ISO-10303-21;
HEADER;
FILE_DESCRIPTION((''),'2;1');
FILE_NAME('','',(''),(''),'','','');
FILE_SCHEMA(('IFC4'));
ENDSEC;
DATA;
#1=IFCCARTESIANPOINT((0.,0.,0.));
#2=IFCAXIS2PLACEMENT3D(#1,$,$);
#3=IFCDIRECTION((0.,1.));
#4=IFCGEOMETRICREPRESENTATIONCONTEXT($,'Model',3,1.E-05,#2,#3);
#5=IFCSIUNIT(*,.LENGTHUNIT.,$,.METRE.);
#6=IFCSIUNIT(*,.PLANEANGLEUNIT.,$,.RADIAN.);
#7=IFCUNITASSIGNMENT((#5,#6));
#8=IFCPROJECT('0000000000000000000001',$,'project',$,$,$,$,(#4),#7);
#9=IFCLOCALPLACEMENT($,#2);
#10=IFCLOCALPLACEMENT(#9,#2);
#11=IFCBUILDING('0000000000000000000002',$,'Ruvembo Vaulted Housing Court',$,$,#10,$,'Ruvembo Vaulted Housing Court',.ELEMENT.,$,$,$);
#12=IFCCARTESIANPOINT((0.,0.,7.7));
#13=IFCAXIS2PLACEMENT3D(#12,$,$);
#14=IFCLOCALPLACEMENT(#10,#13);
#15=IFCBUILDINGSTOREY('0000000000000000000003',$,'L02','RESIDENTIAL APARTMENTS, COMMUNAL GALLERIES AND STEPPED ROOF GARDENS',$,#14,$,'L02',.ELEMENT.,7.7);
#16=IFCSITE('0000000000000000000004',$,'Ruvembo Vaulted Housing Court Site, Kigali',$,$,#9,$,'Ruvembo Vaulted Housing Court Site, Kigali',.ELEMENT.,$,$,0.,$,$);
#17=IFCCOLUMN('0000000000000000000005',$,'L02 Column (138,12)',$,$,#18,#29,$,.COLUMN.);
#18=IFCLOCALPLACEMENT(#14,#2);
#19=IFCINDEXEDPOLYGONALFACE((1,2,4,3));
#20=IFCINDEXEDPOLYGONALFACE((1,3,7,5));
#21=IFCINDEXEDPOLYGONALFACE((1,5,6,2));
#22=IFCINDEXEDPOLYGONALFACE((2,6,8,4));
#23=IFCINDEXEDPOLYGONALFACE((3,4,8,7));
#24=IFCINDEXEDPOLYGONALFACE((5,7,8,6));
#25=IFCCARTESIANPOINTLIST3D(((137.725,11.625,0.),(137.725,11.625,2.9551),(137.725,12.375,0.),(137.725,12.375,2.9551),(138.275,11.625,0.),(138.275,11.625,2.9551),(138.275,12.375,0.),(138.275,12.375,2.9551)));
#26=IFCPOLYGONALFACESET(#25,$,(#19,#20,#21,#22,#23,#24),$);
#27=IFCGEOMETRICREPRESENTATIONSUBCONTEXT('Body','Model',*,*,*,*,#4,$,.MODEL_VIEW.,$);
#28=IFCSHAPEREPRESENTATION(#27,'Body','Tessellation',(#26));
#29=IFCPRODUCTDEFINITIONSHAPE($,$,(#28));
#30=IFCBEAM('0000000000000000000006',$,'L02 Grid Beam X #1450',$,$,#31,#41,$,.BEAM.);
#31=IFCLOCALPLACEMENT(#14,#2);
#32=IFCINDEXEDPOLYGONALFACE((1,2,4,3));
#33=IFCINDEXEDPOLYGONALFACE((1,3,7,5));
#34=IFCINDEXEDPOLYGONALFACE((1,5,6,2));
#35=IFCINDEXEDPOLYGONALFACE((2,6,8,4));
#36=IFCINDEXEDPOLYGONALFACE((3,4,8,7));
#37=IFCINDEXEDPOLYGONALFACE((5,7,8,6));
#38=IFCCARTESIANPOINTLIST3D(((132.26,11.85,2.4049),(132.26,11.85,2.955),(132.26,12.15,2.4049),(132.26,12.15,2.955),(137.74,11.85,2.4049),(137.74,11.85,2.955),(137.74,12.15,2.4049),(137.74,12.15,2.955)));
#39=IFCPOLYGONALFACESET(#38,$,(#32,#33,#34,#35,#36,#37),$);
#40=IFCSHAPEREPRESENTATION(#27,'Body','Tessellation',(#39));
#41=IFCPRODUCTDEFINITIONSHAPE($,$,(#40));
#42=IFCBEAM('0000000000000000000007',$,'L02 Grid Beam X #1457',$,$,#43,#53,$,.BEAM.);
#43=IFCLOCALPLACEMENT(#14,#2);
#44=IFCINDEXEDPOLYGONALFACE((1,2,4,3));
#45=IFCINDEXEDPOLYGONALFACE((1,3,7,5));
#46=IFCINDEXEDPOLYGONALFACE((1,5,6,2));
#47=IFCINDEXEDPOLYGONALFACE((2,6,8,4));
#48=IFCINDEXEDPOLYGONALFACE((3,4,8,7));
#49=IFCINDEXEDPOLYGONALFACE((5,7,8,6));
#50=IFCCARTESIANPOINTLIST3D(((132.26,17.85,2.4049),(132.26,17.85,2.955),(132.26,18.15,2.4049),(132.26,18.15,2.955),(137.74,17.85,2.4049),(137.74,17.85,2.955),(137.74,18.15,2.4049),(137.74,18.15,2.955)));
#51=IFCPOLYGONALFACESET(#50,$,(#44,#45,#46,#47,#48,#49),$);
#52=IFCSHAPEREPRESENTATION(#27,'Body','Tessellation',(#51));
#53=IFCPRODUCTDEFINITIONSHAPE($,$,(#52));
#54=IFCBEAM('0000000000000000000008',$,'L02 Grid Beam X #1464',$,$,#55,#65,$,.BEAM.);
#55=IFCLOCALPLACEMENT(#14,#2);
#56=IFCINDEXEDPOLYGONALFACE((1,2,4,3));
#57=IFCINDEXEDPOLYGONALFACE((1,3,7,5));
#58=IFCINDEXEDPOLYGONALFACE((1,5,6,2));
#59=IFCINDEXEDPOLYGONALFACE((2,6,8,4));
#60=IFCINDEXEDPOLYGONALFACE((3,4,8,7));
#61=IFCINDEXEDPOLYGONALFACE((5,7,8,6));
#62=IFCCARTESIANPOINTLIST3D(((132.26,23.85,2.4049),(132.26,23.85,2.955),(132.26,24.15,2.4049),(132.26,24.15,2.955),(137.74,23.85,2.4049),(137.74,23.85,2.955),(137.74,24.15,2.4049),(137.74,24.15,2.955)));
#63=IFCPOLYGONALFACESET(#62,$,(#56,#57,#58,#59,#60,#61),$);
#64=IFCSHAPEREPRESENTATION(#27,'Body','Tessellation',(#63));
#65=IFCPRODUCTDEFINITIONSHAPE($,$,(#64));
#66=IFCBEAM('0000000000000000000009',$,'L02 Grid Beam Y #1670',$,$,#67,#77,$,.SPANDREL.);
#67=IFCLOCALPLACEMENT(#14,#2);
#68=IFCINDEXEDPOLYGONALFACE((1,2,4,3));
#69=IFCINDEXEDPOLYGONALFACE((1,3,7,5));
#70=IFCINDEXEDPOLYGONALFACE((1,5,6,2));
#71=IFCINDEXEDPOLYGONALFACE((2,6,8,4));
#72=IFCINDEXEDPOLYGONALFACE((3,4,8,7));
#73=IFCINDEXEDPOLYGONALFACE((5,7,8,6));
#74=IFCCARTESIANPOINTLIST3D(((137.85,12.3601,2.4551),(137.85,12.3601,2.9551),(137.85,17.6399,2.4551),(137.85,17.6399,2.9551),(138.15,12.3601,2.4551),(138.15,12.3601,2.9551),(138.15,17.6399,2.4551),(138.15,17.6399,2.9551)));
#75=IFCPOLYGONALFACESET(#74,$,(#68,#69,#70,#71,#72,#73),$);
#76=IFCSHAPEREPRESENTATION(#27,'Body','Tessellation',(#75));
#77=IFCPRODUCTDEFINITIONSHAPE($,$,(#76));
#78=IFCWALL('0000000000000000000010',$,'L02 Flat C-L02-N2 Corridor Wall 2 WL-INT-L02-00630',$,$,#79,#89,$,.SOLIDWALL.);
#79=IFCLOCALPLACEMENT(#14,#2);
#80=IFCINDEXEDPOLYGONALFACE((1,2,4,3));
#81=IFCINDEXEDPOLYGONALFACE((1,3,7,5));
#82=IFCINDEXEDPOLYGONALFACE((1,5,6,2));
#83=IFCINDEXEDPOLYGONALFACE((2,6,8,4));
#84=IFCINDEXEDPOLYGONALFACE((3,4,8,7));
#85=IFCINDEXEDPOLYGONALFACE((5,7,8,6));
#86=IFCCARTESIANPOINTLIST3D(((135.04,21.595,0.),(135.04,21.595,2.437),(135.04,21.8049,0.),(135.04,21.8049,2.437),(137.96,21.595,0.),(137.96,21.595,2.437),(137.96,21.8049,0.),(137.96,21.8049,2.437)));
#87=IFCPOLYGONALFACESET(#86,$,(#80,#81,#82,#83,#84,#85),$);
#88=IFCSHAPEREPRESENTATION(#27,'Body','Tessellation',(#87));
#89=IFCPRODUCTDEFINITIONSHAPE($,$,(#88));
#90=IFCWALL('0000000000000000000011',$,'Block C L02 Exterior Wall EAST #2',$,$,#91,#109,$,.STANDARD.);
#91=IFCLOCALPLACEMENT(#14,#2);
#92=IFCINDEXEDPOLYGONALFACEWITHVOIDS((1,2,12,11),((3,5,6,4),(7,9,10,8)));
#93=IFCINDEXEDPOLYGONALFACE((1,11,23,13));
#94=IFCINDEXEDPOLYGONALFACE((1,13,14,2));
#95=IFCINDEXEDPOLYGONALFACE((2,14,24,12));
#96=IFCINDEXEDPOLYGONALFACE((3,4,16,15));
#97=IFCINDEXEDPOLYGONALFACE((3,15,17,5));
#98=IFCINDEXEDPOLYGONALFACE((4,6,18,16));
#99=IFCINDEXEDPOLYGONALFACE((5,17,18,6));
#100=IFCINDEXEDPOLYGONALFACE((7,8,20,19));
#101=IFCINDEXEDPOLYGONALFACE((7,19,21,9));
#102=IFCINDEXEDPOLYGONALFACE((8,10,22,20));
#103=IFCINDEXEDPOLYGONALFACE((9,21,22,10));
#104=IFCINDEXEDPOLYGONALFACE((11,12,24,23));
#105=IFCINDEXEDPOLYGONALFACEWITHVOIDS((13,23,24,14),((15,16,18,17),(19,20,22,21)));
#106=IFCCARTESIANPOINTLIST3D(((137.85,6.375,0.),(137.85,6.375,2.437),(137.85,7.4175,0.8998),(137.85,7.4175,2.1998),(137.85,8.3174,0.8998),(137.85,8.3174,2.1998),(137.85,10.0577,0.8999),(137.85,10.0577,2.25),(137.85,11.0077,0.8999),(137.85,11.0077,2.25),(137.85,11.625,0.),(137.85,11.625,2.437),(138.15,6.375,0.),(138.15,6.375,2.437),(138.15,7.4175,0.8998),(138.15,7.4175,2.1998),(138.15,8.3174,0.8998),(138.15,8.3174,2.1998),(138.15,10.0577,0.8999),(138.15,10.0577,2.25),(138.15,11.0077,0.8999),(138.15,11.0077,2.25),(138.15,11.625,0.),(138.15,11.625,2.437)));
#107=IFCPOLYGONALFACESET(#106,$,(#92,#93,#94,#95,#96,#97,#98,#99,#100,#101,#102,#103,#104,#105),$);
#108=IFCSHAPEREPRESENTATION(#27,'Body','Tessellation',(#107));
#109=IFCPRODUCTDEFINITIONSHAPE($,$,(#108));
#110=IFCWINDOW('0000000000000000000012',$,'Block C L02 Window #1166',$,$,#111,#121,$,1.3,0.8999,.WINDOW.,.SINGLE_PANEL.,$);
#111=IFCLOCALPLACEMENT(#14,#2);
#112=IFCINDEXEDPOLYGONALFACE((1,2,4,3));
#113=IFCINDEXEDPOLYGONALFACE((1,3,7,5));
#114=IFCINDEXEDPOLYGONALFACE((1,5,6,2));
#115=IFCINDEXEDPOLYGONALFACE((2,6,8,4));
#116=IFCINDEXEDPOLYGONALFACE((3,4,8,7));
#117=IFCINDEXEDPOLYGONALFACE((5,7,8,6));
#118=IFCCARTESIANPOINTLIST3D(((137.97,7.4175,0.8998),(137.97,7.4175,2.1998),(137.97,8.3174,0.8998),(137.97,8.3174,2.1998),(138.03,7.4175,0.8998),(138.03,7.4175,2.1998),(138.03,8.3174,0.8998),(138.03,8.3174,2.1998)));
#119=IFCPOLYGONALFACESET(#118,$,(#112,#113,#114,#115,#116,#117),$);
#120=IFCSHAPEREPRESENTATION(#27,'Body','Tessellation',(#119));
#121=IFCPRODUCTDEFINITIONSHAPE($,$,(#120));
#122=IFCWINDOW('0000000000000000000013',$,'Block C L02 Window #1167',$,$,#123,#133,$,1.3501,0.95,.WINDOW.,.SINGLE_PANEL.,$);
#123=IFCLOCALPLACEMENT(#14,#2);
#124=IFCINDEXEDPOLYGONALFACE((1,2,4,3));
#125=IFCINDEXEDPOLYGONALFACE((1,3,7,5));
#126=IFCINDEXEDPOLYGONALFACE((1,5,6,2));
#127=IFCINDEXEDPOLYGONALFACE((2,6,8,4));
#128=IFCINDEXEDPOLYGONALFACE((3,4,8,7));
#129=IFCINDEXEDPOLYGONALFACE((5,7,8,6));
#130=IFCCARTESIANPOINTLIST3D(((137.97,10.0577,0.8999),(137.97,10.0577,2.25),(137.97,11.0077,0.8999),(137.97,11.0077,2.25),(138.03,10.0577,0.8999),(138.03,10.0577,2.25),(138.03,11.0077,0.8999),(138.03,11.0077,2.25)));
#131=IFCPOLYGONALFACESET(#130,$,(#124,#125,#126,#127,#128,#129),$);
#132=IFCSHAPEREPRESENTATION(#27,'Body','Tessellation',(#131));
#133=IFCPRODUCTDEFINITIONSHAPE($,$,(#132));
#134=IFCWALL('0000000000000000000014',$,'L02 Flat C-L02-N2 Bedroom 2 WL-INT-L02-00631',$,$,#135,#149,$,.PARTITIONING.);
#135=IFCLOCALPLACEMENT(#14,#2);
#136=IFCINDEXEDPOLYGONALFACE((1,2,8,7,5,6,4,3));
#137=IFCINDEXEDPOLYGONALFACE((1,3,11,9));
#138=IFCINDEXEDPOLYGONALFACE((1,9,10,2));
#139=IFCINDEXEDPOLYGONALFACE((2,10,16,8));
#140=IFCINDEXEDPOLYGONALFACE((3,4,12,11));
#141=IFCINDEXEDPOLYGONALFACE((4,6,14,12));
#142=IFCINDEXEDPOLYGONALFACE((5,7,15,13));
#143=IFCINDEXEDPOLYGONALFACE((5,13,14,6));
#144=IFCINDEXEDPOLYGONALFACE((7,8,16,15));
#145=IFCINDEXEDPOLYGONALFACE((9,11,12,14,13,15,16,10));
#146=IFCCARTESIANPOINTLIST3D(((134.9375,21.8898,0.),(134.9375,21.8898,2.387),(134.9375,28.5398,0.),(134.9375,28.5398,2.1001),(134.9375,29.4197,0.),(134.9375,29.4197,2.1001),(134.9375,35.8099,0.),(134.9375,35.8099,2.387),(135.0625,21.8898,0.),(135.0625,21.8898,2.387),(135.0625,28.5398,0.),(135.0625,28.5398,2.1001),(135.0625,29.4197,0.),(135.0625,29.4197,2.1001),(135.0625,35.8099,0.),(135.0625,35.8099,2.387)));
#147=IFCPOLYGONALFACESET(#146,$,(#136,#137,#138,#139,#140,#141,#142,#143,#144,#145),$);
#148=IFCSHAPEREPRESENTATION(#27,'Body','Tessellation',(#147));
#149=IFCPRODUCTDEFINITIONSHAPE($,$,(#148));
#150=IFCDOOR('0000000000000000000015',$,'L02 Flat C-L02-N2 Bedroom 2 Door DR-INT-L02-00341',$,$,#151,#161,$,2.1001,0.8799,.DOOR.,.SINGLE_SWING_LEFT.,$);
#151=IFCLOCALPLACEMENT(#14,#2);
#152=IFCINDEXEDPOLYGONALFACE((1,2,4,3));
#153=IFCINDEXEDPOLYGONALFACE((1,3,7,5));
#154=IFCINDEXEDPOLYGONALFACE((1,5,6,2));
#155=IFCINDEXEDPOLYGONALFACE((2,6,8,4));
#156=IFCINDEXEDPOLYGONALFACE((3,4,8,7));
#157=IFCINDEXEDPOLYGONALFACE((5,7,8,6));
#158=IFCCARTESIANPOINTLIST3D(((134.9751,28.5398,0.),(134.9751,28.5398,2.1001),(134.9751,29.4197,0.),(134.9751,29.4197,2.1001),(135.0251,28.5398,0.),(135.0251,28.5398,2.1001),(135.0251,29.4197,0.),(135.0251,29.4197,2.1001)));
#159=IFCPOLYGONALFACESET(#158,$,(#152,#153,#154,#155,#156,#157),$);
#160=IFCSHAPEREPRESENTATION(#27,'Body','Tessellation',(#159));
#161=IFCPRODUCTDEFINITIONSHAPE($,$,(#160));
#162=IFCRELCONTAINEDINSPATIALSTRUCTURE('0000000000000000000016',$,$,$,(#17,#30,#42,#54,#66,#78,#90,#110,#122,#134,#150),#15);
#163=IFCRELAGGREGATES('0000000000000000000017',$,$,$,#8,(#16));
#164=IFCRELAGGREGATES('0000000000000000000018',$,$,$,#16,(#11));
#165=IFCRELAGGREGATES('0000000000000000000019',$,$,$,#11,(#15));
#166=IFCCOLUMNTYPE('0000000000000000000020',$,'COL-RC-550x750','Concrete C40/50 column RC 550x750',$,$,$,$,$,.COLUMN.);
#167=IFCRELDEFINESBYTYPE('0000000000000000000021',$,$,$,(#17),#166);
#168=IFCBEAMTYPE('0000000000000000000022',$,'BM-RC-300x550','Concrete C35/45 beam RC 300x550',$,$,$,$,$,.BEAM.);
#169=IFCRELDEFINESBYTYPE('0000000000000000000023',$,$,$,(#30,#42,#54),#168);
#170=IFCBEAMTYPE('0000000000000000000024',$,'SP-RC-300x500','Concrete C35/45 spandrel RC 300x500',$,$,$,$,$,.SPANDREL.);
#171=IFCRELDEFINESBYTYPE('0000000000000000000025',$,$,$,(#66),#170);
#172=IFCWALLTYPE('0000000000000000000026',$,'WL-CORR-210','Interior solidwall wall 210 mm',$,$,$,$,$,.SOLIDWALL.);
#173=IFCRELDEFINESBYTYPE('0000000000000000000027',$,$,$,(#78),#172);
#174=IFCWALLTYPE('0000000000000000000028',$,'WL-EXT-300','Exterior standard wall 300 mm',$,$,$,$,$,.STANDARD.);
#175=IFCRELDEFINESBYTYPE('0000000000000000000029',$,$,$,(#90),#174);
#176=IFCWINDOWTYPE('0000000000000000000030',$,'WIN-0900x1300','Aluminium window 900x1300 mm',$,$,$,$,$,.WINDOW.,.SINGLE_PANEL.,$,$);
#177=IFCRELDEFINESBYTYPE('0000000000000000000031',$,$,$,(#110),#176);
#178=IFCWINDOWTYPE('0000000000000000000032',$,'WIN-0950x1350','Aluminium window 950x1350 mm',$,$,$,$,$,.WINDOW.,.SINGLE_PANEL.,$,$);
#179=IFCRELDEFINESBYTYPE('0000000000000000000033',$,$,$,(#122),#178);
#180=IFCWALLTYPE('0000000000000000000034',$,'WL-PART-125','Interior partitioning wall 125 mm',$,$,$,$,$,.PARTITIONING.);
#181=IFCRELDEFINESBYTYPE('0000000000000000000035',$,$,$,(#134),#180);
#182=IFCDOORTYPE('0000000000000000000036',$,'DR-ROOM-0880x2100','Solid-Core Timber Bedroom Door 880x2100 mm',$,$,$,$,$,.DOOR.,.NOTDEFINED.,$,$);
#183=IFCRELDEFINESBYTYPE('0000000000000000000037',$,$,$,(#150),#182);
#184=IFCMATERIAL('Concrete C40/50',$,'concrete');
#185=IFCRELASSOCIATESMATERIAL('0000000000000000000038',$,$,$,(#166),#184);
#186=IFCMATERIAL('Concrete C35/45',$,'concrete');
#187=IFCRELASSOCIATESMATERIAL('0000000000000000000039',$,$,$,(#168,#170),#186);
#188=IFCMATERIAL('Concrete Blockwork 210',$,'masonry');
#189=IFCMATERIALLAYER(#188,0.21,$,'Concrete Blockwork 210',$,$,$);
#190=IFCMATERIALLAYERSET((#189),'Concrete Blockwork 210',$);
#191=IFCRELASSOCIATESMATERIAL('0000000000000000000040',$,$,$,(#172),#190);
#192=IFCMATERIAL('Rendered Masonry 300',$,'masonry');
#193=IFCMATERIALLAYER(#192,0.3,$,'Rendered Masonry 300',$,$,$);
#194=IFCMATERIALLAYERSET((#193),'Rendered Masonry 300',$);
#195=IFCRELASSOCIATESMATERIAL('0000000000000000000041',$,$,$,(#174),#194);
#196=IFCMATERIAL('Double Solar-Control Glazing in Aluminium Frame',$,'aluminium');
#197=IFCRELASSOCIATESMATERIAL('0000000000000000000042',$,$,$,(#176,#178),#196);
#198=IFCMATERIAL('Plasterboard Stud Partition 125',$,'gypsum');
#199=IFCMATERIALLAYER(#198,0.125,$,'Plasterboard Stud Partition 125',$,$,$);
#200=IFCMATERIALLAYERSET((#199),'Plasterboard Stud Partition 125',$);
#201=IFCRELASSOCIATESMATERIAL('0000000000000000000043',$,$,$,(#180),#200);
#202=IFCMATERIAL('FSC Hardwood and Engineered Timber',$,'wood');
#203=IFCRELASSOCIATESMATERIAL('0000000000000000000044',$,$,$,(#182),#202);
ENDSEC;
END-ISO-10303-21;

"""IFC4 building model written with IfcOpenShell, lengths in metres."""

from ifc_helpers import new_model, si_unit, direction, frame, frame_2d, origin, origin_2d, place, context, subcontext, project, spatial, rectangle, extrude, material, layer, layer_set, material_profile, profile_set, type_object, element, fill, save


model = new_model("IFC4")

# Units and contexts
model_context = context("Model", 3, precision=1e-05, world=origin(), true_north=direction((0.0, 1.0)))
body_context = subcontext(model_context, "Body", "Model", "MODEL_VIEW")
ifc_project = project(units=[si_unit("LENGTHUNIT", "METRE"), si_unit("PLANEANGLEUNIT", "RADIAN")], contexts=[model_context])

# Site, building, storey
site_placement = place(None, origin())
site = spatial("IfcSite", under=ifc_project, at=site_placement, Name="Ruvembo Vaulted Housing Court Site, Kigali", LongName="Ruvembo Vaulted Housing Court Site, Kigali", CompositionType="ELEMENT", RefElevation=0.0)
building_placement = place(site_placement, origin())
building = spatial("IfcBuilding", under=site, at=building_placement, Name="Ruvembo Vaulted Housing Court", LongName="Ruvembo Vaulted Housing Court", CompositionType="ELEMENT")
storey_placement = place(building_placement, frame((0.0, 0.0, 7.7)))
storey = spatial("IfcBuildingStorey", under=building, at=storey_placement, Name="L02", Description="RESIDENTIAL APARTMENTS, COMMUNAL GALLERIES AND STEPPED ROOF GARDENS", LongName="L02", CompositionType="ELEMENT", Elevation=7.7)

# Column
ifc_material_1 = material(Name="Concrete C40/50", Category="concrete")
ifc_material_profile_1 = material_profile(ifc_material_1, rectangle(XDim=0.55, YDim=0.75, at=origin_2d()), Name="RC 550x750")
ifc_profile_set_1 = profile_set([ifc_material_profile_1], Name="Concrete C40/50")
column_type = type_object("IfcColumnType", Name="COL-RC-550x750", Description="Concrete C40/50 column RC 550x750", PredefinedType="COLUMN", material=ifc_profile_set_1)
column_placement = place(storey_placement, frame((138.0, 12.0, 0.0), z_axis=(0.0, 0.0, 1.0), x_axis=(1.0, 0.0, 0.0)))
element("IfcColumn", 1, at=column_placement, inside=storey, type_object=column_type, Name="L02 Column (138,12)", PredefinedType="COLUMN", context=body_context, shape_type="SweptSolid", body=[
    extrude(rectangle(XDim=0.55, YDim=0.75, at=origin_2d()), origin(), (0.0, 0.0, 1.0), 2.9551),
])

# Beams
ifc_material_2 = material(Name="Concrete C35/45", Category="concrete")
ifc_material_profile_2 = material_profile(ifc_material_2, rectangle(XDim=0.3, YDim=0.55, at=origin_2d()), Name="RC 300x550")
ifc_profile_set_2 = profile_set([ifc_material_profile_2], Name="Concrete C35/45")
beam_type_1 = type_object("IfcBeamType", Name="BM-RC-300x550", Description="Concrete C35/45 beam RC 300x550", PredefinedType="BEAM", material=ifc_profile_set_2)
for number, where, z_axis, x_axis, name in (
    (2, (132.26, 12.0, 2.6799), (1.0, 0.0, 0.0), (0.0, 1.0, 0.0), "L02 Grid Beam X #1450"),
    (3, (132.26, 18.0, 2.6799), (1.0, 0.0, 0.0), (0.0, 1.0, 0.0), "L02 Grid Beam X #1457"),
    (4, (132.26, 24.0, 2.6799), (1.0, 0.0, 0.0), (0.0, 1.0, 0.0), "L02 Grid Beam X #1464"),
):
    element("IfcBeam", number, at=place(storey_placement, frame(where, z_axis=z_axis, x_axis=x_axis)), inside=storey, type_object=beam_type_1, Name=name, PredefinedType="BEAM", context=body_context, shape_type="SweptSolid", body=[
        extrude(rectangle(XDim=0.3, YDim=0.55, at=origin_2d()), origin(), (0.0, 0.0, 1.0), 5.48),
    ])
ifc_material_profile_3 = material_profile(ifc_material_2, rectangle(XDim=0.3, YDim=0.5, at=origin_2d()), Name="RC 300x500")
ifc_profile_set_3 = profile_set([ifc_material_profile_3], Name="Concrete C35/45")
beam_type_2 = type_object("IfcBeamType", Name="SP-RC-300x500", Description="Concrete C35/45 spandrel RC 300x500", PredefinedType="SPANDREL", material=ifc_profile_set_3)
beam_placement = place(storey_placement, frame((138.0, 12.3601, 2.7051), z_axis=(0.0, 1.0, 0.0), x_axis=(-1.0, 0.0, 0.0)))
element("IfcBeam", 5, at=beam_placement, inside=storey, type_object=beam_type_2, Name="L02 Grid Beam Y #1670", PredefinedType="SPANDREL", context=body_context, shape_type="SweptSolid", body=[
    extrude(rectangle(XDim=0.3, YDim=0.5, at=origin_2d()), origin(), (0.0, 0.0, 1.0), 5.2798),
])

# Shared definitions
ifc_material_3 = material(Name="Concrete Blockwork 210", Category="masonry")
ifc_layer_1 = layer(ifc_material_3, 0.21, Name="Concrete Blockwork 210")
ifc_layer_set_1 = layer_set([ifc_layer_1], Name="Concrete Blockwork 210")
wall_type_1 = type_object("IfcWallType", Name="WL-CORR-210", Description="Interior solidwall wall 210 mm", PredefinedType="SOLIDWALL", material=ifc_layer_set_1)
ifc_material_4 = material(Name="FSC Hardwood and Engineered Timber", Category="wood")

# Wall
wall_1_placement = place(storey_placement, frame((135.04, 21.7, 0.0), z_axis=(0.0, 0.0, 1.0), x_axis=(1.0, 0.0, 0.0)))
element("IfcWall", 6, at=wall_1_placement, inside=storey, type_object=wall_type_1, Name="L02 Flat C-L02-N2 Corridor Wall 2 WL-INT-L02-00630", PredefinedType="SOLIDWALL", context=body_context, shape_type="SweptSolid", body=[
    extrude(rectangle(XDim=2.9199, YDim=0.21, at=frame_2d((1.46, 0.0))), origin(), (0.0, 0.0, 1.0), 2.437),
])

# Wall, openings, windows
ifc_material_5 = material(Name="Rendered Masonry 300", Category="masonry")
ifc_layer_2 = layer(ifc_material_5, 0.3, Name="Rendered Masonry 300")
ifc_layer_set_2 = layer_set([ifc_layer_2], Name="Rendered Masonry 300")
wall_type_2 = type_object("IfcWallType", Name="WL-EXT-300", Description="Exterior standard wall 300 mm", PredefinedType="STANDARD", material=ifc_layer_set_2)
wall_2_placement = place(storey_placement, frame((138.0, 6.375, 0.0), z_axis=(0.0, 0.0, 1.0), x_axis=(0.0, 1.0, 0.0)))
wall_2 = element("IfcWall", 7, at=wall_2_placement, inside=storey, type_object=wall_type_2, Name="Block C L02 Exterior Wall EAST #2", PredefinedType="STANDARD", context=body_context, shape_type="SweptSolid", body=[
    extrude(rectangle(XDim=5.25, YDim=0.3, at=frame_2d((2.625, 0.0))), origin(), (0.0, 0.0, 1.0), 2.437),
])
opening_1_placement = place(wall_2_placement, frame((1.0425, 0.0, 0.8999)))
opening_1 = element("IfcOpeningElement", 8, at=opening_1_placement, cuts=wall_2, PredefinedType="OPENING", context=body_context, shape_type="SweptSolid", body=[
    extrude(rectangle(XDim=0.8999, YDim=1.3, at=frame_2d((0.45, 0.6499))), frame((0.0, 0.1599, 0.0), z_axis=(0.0, -1.0, 0.0), x_axis=(1.0, 0.0, 0.0)), (0.0, 0.0, 1.0), 0.3201),
])
opening_2_placement = place(wall_2_placement, frame((3.6826, 0.0, 0.8999)))
opening_2 = element("IfcOpeningElement", 9, at=opening_2_placement, cuts=wall_2, PredefinedType="OPENING", context=body_context, shape_type="SweptSolid", body=[
    extrude(rectangle(XDim=0.95, YDim=1.3501, at=frame_2d((0.4751, 0.675))), frame((0.0, 0.1599, 0.0), z_axis=(0.0, -1.0, 0.0), x_axis=(1.0, 0.0, 0.0)), (0.0, 0.0, 1.0), 0.3201),
])
ifc_material_6 = material(Name="Double Solar-Control Glazing in Aluminium Frame", Category="aluminium")
window_type_1 = type_object("IfcWindowType", Name="WIN-0900x1300", Description="Aluminium window 900x1300 mm", PartitioningType="SINGLE_PANEL", PredefinedType="WINDOW", material=ifc_material_6)
window_1_placement = place(opening_1_placement, origin())
window_1 = element("IfcWindow", 10, at=window_1_placement, inside=storey, type_object=window_type_1, Name="Block C L02 Window #1166", OverallHeight=1.3, OverallWidth=0.8999, PartitioningType="SINGLE_PANEL", PredefinedType="WINDOW", context=body_context, shape_type="SweptSolid", body=[
    extrude(rectangle(XDim=0.8999, YDim=1.3, at=frame_2d((0.45, 0.6499))), frame((0.0, 0.03, 0.0), z_axis=(0.0, -1.0, 0.0), x_axis=(1.0, 0.0, 0.0)), (0.0, 0.0, 1.0), 0.0601),
])
fill(opening_1, window_1)
window_type_2 = type_object("IfcWindowType", Name="WIN-0950x1350", Description="Aluminium window 950x1350 mm", PartitioningType="SINGLE_PANEL", PredefinedType="WINDOW", material=ifc_material_6)
window_2_placement = place(opening_2_placement, origin())
window_2 = element("IfcWindow", 11, at=window_2_placement, inside=storey, type_object=window_type_2, Name="Block C L02 Window #1167", OverallHeight=1.3501, OverallWidth=0.95, PartitioningType="SINGLE_PANEL", PredefinedType="WINDOW", context=body_context, shape_type="SweptSolid", body=[
    extrude(rectangle(XDim=0.95, YDim=1.3501, at=frame_2d((0.4751, 0.675))), frame((0.0, 0.03, 0.0), z_axis=(0.0, -1.0, 0.0), x_axis=(1.0, 0.0, 0.0)), (0.0, 0.0, 1.0), 0.0601),
])
fill(opening_2, window_2)

# Wall, opening, door
ifc_material_7 = material(Name="Plasterboard Stud Partition 125", Category="gypsum")
ifc_layer_3 = layer(ifc_material_7, 0.125, Name="Plasterboard Stud Partition 125")
ifc_layer_set_3 = layer_set([ifc_layer_3], Name="Plasterboard Stud Partition 125")
wall_type_3 = type_object("IfcWallType", Name="WL-PART-125", Description="Interior partitioning wall 125 mm", PredefinedType="PARTITIONING", material=ifc_layer_set_3)
wall_3_placement = place(storey_placement, frame((135.0, 21.8899, 0.0), z_axis=(0.0, 0.0, 1.0), x_axis=(0.0, 1.0, 0.0)))
wall_3 = element("IfcWall", 12, at=wall_3_placement, inside=storey, type_object=wall_type_3, Name="L02 Flat C-L02-N2 Bedroom 2 WL-INT-L02-00631", PredefinedType="PARTITIONING", context=body_context, shape_type="SweptSolid", body=[
    extrude(rectangle(XDim=13.9202, YDim=0.125, at=frame_2d((6.96, 0.0))), origin(), (0.0, 0.0, 1.0), 2.387),
])
opening_3_placement = place(wall_3_placement, frame((6.6499, 0.0, 0.0)))
opening_3 = element("IfcOpeningElement", 13, at=opening_3_placement, cuts=wall_3, PredefinedType="OPENING", context=body_context, shape_type="SweptSolid", body=[
    extrude(rectangle(XDim=0.8799, YDim=2.1001, at=frame_2d((0.4399, 1.05))), frame((0.0, 0.0725, 0.0), z_axis=(0.0, -1.0, 0.0), x_axis=(1.0, 0.0, 0.0)), (0.0, 0.0, 1.0), 0.145),
])
door_type_1 = type_object("IfcDoorType", Name="DR-ROOM-0880x2100", Description="Solid-Core Timber Bedroom Door 880x2100 mm", OperationType="NOTDEFINED", PredefinedType="DOOR", material=ifc_material_4)
door_1_placement = place(opening_3_placement, origin())
door_1 = element("IfcDoor", 14, at=door_1_placement, inside=storey, type_object=door_type_1, Name="L02 Flat C-L02-N2 Bedroom 2 Door DR-INT-L02-00341", OperationType="SINGLE_SWING_LEFT", OverallHeight=2.1001, OverallWidth=0.8799, PredefinedType="DOOR", context=body_context, shape_type="SweptSolid", body=[
    extrude(rectangle(XDim=0.8799, YDim=2.1001, at=frame_2d((0.4399, 1.05))), frame((0.0, 0.0249, 0.0), z_axis=(0.0, -1.0, 0.0), x_axis=(1.0, 0.0, 0.0)), (0.0, 0.0, 1.0), 0.05),
])
fill(opening_3, door_1)

save(model, "model.ifc")
